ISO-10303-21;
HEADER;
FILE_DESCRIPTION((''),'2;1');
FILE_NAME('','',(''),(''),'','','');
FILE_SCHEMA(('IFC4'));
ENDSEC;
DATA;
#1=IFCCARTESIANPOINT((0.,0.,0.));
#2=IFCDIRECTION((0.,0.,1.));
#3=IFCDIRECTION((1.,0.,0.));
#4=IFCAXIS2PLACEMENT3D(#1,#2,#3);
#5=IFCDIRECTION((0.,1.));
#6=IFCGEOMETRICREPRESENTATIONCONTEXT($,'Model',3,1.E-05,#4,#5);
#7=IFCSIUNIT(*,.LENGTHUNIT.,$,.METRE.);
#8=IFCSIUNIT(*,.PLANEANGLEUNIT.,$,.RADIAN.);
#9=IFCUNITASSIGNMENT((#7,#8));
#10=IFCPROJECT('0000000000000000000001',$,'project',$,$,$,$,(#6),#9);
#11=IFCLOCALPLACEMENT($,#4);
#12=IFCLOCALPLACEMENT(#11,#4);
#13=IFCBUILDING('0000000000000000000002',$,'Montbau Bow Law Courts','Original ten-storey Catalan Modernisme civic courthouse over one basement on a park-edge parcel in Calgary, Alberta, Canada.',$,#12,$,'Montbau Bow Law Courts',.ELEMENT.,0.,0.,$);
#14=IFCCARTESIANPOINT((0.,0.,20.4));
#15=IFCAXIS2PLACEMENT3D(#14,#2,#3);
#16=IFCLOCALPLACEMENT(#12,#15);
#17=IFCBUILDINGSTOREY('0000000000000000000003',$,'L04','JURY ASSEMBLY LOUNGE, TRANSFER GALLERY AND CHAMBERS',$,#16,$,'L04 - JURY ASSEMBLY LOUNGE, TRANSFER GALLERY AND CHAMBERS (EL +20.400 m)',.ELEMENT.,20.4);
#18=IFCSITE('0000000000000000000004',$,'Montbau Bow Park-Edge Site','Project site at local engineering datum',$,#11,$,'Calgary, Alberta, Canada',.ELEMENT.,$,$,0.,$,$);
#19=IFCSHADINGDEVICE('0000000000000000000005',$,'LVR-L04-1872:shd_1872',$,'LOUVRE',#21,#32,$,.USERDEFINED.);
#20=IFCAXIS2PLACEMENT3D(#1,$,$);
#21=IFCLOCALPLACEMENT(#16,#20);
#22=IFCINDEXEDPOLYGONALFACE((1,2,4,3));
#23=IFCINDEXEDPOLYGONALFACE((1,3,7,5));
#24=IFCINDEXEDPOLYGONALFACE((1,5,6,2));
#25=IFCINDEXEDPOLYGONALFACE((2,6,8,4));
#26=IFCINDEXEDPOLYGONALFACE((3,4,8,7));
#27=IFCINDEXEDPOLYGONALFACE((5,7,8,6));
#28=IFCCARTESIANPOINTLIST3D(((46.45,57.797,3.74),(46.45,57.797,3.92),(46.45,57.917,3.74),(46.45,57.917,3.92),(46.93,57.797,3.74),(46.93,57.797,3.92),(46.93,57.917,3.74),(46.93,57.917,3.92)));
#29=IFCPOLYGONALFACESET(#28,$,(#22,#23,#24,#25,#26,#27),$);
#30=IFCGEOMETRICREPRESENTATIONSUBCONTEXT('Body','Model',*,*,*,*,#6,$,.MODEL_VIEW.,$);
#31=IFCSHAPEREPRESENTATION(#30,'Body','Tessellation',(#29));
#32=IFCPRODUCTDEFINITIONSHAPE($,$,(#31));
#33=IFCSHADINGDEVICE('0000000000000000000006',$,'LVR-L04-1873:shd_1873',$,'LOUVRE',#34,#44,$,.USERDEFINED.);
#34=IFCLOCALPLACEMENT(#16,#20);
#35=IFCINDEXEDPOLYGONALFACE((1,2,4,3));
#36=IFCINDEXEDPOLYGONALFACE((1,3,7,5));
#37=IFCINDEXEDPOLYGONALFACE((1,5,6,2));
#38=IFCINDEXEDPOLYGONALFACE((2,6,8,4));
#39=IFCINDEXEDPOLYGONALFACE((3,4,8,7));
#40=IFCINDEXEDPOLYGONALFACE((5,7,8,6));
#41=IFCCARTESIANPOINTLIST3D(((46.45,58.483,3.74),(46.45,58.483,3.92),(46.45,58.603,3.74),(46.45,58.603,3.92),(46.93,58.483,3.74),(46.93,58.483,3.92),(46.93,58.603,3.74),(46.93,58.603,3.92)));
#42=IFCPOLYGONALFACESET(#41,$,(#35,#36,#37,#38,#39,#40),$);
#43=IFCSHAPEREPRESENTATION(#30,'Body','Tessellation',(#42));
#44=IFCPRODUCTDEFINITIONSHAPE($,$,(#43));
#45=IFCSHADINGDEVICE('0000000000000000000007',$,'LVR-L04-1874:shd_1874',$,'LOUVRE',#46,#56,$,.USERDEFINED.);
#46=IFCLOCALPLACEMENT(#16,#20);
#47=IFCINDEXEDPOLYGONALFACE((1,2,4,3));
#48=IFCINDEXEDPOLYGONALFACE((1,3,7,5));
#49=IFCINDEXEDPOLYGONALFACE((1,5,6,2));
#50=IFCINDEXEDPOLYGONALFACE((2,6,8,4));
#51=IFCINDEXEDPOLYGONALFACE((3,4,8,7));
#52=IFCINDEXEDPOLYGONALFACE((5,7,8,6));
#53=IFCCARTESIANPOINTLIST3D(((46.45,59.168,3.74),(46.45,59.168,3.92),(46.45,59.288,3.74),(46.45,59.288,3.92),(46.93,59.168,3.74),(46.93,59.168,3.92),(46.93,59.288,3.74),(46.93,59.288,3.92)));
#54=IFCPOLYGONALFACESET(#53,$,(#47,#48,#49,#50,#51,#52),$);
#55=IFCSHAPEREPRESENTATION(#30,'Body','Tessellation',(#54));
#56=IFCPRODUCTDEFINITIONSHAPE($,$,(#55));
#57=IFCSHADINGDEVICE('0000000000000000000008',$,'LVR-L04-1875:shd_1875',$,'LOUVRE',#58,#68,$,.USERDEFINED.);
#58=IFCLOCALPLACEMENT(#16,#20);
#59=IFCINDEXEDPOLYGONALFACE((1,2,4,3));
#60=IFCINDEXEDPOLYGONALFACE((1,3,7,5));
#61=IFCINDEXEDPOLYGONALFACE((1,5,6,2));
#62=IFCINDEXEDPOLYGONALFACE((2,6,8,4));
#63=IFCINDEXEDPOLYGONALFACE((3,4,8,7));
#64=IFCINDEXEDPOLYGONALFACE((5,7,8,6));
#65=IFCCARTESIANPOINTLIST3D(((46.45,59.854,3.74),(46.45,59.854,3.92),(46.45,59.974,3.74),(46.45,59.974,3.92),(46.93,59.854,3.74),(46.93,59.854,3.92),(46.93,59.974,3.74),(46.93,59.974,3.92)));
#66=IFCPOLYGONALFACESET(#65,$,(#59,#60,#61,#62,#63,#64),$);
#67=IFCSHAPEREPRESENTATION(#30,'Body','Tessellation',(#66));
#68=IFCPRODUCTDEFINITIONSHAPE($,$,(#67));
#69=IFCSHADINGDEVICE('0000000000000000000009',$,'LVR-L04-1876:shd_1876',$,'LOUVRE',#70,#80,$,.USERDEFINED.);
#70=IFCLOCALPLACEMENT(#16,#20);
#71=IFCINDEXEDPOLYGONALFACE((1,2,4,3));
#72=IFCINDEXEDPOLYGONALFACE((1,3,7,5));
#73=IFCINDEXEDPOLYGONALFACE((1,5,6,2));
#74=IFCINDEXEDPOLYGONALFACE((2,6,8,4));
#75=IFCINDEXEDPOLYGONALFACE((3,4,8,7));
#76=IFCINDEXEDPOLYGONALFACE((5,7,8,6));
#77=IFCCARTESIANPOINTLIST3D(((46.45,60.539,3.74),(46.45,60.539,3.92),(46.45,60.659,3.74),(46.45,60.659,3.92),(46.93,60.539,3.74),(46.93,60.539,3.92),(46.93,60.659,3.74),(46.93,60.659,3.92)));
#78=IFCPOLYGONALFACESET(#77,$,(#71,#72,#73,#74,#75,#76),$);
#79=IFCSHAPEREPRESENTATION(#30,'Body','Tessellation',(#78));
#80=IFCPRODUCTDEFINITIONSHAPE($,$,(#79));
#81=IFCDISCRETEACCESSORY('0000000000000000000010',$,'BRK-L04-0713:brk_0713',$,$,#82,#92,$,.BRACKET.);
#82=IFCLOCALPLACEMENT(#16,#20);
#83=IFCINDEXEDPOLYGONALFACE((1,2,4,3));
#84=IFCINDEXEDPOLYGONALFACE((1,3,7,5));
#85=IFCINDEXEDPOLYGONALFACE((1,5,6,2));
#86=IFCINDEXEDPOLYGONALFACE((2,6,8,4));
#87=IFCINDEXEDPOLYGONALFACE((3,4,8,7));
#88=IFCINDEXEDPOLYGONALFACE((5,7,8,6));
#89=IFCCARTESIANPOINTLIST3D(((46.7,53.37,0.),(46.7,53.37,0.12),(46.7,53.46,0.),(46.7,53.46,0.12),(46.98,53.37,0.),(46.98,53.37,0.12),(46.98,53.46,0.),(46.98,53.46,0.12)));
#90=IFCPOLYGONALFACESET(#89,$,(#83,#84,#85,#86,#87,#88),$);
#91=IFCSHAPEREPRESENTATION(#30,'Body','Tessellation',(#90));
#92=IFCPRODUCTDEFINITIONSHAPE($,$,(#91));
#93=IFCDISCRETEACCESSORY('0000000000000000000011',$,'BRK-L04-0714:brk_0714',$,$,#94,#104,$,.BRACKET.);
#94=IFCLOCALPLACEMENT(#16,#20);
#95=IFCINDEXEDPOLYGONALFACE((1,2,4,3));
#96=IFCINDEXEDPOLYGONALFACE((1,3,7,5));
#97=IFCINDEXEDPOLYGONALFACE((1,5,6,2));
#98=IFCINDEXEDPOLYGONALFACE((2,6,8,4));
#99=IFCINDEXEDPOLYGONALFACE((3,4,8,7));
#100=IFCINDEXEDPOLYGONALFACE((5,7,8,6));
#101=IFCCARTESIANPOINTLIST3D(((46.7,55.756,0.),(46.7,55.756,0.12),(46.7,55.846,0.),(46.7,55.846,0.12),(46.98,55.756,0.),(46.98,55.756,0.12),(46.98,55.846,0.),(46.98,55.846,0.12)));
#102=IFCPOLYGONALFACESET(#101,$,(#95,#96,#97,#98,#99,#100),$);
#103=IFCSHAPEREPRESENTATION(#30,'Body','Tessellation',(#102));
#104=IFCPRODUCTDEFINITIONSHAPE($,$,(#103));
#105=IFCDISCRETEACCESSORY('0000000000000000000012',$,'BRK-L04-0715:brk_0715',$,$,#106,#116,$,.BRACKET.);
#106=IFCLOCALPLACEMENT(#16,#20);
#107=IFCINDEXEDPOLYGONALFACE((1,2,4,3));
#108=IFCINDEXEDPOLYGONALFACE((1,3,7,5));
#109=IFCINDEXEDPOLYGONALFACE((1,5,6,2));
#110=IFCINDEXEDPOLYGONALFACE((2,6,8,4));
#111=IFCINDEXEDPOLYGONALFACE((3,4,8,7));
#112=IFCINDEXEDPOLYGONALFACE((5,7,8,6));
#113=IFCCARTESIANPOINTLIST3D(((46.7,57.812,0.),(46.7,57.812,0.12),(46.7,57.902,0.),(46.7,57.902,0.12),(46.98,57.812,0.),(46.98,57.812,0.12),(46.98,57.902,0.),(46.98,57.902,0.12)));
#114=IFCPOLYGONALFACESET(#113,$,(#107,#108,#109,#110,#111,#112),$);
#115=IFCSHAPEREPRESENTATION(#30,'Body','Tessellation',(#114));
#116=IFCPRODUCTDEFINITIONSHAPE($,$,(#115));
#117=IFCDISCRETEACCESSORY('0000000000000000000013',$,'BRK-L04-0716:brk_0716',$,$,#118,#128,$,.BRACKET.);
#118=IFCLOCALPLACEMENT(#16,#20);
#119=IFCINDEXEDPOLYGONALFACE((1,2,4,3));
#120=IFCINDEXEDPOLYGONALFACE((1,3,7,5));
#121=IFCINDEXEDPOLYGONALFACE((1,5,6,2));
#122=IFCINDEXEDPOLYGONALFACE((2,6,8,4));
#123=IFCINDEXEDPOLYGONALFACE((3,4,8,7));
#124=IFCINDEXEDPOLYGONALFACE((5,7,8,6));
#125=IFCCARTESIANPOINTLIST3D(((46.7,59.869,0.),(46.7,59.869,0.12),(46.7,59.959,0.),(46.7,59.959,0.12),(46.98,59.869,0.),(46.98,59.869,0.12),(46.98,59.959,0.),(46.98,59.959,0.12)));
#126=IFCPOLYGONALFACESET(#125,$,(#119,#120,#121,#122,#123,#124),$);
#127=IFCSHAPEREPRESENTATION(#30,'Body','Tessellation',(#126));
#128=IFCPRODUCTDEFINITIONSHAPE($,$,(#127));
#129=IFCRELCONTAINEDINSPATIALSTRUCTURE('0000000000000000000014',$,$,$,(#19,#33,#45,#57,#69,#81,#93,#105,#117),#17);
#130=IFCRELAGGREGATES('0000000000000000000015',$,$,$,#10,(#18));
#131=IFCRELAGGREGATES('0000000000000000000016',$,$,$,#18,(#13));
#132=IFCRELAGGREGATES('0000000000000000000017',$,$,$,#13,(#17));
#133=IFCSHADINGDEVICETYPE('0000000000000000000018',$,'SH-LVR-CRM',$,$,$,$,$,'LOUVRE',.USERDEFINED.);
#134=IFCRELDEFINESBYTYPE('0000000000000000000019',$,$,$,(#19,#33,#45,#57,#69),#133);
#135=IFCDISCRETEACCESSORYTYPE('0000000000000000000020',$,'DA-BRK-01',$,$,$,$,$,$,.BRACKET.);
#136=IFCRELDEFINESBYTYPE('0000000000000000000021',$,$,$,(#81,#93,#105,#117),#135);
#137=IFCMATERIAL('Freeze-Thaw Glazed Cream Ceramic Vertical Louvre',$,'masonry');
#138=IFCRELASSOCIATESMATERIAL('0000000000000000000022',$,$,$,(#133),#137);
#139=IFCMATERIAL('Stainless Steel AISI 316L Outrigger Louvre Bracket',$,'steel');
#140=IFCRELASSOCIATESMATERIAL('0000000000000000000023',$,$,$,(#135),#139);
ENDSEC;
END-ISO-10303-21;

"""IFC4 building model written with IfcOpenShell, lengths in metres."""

from ifc_helpers import new_model, si_unit, direction, frame, origin_with_axes, origin_2d_with_axis, place, context, subcontext, project, spatial, rectangle, extrude, material, type_object, element, save


model = new_model("IFC4")

# Units and contexts
model_context = context("Model", 3, precision=1e-05, world=origin_with_axes(), true_north=direction((0.0, 1.0)))
body_context = subcontext(model_context, "Body", "Model", "MODEL_VIEW")
ifc_project = project(units=[si_unit("LENGTHUNIT", "METRE"), si_unit("PLANEANGLEUNIT", "RADIAN")], contexts=[model_context])

# Site, building, storey
site_placement = place(None, origin_with_axes())
site = spatial("IfcSite", under=ifc_project, at=site_placement, Name="Montbau Bow Park-Edge Site", Description="Project site at local engineering datum", LongName="Calgary, Alberta, Canada", CompositionType="ELEMENT", RefElevation=0.0)
building_placement = place(site_placement, origin_with_axes())
building = spatial("IfcBuilding", under=site, at=building_placement, Name="Montbau Bow Law Courts", Description="Original ten-storey Catalan Modernisme civic courthouse over one basement on a park-edge parcel in Calgary, Alberta, Canada.", LongName="Montbau Bow Law Courts", CompositionType="ELEMENT", ElevationOfRefHeight=0.0, ElevationOfTerrain=0.0)
storey_placement = place(building_placement, frame((0.0, 0.0, 20.4), z_axis=(0.0, 0.0, 1.0), x_axis=(1.0, 0.0, 0.0)))
storey = spatial("IfcBuildingStorey", under=building, at=storey_placement, Name="L04", Description="JURY ASSEMBLY LOUNGE, TRANSFER GALLERY AND CHAMBERS", LongName="L04 - JURY ASSEMBLY LOUNGE, TRANSFER GALLERY AND CHAMBERS (EL +20.400 m)", CompositionType="ELEMENT", Elevation=20.4)

# Shading devices
ifc_material_1 = material(Name="Freeze-Thaw Glazed Cream Ceramic Vertical Louvre", Category="masonry")
shading_device_type = type_object("IfcShadingDeviceType", Name="SH-LVR-CRM", ElementType="LOUVRE", PredefinedType="USERDEFINED", material=ifc_material_1)
for number, where, z_axis, x_axis, name in (
    (1, (46.69, 57.857, 24.14), (0.0, 0.0, 1.0), (-1.0, 0.0, 0.0), "LVR-L04-1872:shd_1872"),
    (2, (46.69, 58.543, 24.14), (0.0, 0.0, 1.0), (-1.0, 0.0, 0.0), "LVR-L04-1873:shd_1873"),
    (3, (46.69, 59.228, 24.14), (0.0, 0.0, 1.0), (-1.0, 0.0, 0.0), "LVR-L04-1874:shd_1874"),
    (4, (46.69, 59.914, 24.14), (0.0, 0.0, 1.0), (-1.0, 0.0, 0.0), "LVR-L04-1875:shd_1875"),
    (5, (46.69, 60.599, 24.14), (0.0, 0.0, 1.0), (-1.0, 0.0, 0.0), "LVR-L04-1876:shd_1876"),
):
    element("IfcShadingDevice", number, at=place(None, frame(where, z_axis=z_axis, x_axis=x_axis)), inside=storey, type_object=shading_device_type, Name=name, ObjectType="LOUVRE", PredefinedType="USERDEFINED", context=body_context, shape_type="SweptSolid", body=[
        extrude(rectangle(XDim=0.48, YDim=0.12, at=origin_2d_with_axis()), origin_with_axes(), (0.0, 0.0, 1.0), 0.18),
    ])

# Discrete accessories
ifc_material_2 = material(Name="Stainless Steel AISI 316L Outrigger Louvre Bracket", Category="steel")
discrete_accessory_type = type_object("IfcDiscreteAccessoryType", Name="DA-BRK-01", PredefinedType="BRACKET", material=ifc_material_2)
for number, where, z_axis, x_axis, name in (
    (6, (46.84, 53.415, 20.4), (0.0, 0.0, 1.0), (-1.0, 0.0, 0.0), "BRK-L04-0713:brk_0713"),
    (7, (46.84, 55.801, 20.4), (0.0, 0.0, 1.0), (-1.0, 0.0, 0.0), "BRK-L04-0714:brk_0714"),
    (8, (46.84, 57.857, 20.4), (0.0, 0.0, 1.0), (-1.0, 0.0, 0.0), "BRK-L04-0715:brk_0715"),
    (9, (46.84, 59.914, 20.4), (0.0, 0.0, 1.0), (-1.0, 0.0, 0.0), "BRK-L04-0716:brk_0716"),
):
    element("IfcDiscreteAccessory", number, at=place(None, frame(where, z_axis=z_axis, x_axis=x_axis)), inside=storey, type_object=discrete_accessory_type, Name=name, PredefinedType="BRACKET", context=body_context, shape_type="SweptSolid", body=[
        extrude(rectangle(XDim=0.28, YDim=0.09, at=origin_2d_with_axis()), origin_with_axes(), (0.0, 0.0, 1.0), 0.12),
    ])

save(model, "model.ifc")
